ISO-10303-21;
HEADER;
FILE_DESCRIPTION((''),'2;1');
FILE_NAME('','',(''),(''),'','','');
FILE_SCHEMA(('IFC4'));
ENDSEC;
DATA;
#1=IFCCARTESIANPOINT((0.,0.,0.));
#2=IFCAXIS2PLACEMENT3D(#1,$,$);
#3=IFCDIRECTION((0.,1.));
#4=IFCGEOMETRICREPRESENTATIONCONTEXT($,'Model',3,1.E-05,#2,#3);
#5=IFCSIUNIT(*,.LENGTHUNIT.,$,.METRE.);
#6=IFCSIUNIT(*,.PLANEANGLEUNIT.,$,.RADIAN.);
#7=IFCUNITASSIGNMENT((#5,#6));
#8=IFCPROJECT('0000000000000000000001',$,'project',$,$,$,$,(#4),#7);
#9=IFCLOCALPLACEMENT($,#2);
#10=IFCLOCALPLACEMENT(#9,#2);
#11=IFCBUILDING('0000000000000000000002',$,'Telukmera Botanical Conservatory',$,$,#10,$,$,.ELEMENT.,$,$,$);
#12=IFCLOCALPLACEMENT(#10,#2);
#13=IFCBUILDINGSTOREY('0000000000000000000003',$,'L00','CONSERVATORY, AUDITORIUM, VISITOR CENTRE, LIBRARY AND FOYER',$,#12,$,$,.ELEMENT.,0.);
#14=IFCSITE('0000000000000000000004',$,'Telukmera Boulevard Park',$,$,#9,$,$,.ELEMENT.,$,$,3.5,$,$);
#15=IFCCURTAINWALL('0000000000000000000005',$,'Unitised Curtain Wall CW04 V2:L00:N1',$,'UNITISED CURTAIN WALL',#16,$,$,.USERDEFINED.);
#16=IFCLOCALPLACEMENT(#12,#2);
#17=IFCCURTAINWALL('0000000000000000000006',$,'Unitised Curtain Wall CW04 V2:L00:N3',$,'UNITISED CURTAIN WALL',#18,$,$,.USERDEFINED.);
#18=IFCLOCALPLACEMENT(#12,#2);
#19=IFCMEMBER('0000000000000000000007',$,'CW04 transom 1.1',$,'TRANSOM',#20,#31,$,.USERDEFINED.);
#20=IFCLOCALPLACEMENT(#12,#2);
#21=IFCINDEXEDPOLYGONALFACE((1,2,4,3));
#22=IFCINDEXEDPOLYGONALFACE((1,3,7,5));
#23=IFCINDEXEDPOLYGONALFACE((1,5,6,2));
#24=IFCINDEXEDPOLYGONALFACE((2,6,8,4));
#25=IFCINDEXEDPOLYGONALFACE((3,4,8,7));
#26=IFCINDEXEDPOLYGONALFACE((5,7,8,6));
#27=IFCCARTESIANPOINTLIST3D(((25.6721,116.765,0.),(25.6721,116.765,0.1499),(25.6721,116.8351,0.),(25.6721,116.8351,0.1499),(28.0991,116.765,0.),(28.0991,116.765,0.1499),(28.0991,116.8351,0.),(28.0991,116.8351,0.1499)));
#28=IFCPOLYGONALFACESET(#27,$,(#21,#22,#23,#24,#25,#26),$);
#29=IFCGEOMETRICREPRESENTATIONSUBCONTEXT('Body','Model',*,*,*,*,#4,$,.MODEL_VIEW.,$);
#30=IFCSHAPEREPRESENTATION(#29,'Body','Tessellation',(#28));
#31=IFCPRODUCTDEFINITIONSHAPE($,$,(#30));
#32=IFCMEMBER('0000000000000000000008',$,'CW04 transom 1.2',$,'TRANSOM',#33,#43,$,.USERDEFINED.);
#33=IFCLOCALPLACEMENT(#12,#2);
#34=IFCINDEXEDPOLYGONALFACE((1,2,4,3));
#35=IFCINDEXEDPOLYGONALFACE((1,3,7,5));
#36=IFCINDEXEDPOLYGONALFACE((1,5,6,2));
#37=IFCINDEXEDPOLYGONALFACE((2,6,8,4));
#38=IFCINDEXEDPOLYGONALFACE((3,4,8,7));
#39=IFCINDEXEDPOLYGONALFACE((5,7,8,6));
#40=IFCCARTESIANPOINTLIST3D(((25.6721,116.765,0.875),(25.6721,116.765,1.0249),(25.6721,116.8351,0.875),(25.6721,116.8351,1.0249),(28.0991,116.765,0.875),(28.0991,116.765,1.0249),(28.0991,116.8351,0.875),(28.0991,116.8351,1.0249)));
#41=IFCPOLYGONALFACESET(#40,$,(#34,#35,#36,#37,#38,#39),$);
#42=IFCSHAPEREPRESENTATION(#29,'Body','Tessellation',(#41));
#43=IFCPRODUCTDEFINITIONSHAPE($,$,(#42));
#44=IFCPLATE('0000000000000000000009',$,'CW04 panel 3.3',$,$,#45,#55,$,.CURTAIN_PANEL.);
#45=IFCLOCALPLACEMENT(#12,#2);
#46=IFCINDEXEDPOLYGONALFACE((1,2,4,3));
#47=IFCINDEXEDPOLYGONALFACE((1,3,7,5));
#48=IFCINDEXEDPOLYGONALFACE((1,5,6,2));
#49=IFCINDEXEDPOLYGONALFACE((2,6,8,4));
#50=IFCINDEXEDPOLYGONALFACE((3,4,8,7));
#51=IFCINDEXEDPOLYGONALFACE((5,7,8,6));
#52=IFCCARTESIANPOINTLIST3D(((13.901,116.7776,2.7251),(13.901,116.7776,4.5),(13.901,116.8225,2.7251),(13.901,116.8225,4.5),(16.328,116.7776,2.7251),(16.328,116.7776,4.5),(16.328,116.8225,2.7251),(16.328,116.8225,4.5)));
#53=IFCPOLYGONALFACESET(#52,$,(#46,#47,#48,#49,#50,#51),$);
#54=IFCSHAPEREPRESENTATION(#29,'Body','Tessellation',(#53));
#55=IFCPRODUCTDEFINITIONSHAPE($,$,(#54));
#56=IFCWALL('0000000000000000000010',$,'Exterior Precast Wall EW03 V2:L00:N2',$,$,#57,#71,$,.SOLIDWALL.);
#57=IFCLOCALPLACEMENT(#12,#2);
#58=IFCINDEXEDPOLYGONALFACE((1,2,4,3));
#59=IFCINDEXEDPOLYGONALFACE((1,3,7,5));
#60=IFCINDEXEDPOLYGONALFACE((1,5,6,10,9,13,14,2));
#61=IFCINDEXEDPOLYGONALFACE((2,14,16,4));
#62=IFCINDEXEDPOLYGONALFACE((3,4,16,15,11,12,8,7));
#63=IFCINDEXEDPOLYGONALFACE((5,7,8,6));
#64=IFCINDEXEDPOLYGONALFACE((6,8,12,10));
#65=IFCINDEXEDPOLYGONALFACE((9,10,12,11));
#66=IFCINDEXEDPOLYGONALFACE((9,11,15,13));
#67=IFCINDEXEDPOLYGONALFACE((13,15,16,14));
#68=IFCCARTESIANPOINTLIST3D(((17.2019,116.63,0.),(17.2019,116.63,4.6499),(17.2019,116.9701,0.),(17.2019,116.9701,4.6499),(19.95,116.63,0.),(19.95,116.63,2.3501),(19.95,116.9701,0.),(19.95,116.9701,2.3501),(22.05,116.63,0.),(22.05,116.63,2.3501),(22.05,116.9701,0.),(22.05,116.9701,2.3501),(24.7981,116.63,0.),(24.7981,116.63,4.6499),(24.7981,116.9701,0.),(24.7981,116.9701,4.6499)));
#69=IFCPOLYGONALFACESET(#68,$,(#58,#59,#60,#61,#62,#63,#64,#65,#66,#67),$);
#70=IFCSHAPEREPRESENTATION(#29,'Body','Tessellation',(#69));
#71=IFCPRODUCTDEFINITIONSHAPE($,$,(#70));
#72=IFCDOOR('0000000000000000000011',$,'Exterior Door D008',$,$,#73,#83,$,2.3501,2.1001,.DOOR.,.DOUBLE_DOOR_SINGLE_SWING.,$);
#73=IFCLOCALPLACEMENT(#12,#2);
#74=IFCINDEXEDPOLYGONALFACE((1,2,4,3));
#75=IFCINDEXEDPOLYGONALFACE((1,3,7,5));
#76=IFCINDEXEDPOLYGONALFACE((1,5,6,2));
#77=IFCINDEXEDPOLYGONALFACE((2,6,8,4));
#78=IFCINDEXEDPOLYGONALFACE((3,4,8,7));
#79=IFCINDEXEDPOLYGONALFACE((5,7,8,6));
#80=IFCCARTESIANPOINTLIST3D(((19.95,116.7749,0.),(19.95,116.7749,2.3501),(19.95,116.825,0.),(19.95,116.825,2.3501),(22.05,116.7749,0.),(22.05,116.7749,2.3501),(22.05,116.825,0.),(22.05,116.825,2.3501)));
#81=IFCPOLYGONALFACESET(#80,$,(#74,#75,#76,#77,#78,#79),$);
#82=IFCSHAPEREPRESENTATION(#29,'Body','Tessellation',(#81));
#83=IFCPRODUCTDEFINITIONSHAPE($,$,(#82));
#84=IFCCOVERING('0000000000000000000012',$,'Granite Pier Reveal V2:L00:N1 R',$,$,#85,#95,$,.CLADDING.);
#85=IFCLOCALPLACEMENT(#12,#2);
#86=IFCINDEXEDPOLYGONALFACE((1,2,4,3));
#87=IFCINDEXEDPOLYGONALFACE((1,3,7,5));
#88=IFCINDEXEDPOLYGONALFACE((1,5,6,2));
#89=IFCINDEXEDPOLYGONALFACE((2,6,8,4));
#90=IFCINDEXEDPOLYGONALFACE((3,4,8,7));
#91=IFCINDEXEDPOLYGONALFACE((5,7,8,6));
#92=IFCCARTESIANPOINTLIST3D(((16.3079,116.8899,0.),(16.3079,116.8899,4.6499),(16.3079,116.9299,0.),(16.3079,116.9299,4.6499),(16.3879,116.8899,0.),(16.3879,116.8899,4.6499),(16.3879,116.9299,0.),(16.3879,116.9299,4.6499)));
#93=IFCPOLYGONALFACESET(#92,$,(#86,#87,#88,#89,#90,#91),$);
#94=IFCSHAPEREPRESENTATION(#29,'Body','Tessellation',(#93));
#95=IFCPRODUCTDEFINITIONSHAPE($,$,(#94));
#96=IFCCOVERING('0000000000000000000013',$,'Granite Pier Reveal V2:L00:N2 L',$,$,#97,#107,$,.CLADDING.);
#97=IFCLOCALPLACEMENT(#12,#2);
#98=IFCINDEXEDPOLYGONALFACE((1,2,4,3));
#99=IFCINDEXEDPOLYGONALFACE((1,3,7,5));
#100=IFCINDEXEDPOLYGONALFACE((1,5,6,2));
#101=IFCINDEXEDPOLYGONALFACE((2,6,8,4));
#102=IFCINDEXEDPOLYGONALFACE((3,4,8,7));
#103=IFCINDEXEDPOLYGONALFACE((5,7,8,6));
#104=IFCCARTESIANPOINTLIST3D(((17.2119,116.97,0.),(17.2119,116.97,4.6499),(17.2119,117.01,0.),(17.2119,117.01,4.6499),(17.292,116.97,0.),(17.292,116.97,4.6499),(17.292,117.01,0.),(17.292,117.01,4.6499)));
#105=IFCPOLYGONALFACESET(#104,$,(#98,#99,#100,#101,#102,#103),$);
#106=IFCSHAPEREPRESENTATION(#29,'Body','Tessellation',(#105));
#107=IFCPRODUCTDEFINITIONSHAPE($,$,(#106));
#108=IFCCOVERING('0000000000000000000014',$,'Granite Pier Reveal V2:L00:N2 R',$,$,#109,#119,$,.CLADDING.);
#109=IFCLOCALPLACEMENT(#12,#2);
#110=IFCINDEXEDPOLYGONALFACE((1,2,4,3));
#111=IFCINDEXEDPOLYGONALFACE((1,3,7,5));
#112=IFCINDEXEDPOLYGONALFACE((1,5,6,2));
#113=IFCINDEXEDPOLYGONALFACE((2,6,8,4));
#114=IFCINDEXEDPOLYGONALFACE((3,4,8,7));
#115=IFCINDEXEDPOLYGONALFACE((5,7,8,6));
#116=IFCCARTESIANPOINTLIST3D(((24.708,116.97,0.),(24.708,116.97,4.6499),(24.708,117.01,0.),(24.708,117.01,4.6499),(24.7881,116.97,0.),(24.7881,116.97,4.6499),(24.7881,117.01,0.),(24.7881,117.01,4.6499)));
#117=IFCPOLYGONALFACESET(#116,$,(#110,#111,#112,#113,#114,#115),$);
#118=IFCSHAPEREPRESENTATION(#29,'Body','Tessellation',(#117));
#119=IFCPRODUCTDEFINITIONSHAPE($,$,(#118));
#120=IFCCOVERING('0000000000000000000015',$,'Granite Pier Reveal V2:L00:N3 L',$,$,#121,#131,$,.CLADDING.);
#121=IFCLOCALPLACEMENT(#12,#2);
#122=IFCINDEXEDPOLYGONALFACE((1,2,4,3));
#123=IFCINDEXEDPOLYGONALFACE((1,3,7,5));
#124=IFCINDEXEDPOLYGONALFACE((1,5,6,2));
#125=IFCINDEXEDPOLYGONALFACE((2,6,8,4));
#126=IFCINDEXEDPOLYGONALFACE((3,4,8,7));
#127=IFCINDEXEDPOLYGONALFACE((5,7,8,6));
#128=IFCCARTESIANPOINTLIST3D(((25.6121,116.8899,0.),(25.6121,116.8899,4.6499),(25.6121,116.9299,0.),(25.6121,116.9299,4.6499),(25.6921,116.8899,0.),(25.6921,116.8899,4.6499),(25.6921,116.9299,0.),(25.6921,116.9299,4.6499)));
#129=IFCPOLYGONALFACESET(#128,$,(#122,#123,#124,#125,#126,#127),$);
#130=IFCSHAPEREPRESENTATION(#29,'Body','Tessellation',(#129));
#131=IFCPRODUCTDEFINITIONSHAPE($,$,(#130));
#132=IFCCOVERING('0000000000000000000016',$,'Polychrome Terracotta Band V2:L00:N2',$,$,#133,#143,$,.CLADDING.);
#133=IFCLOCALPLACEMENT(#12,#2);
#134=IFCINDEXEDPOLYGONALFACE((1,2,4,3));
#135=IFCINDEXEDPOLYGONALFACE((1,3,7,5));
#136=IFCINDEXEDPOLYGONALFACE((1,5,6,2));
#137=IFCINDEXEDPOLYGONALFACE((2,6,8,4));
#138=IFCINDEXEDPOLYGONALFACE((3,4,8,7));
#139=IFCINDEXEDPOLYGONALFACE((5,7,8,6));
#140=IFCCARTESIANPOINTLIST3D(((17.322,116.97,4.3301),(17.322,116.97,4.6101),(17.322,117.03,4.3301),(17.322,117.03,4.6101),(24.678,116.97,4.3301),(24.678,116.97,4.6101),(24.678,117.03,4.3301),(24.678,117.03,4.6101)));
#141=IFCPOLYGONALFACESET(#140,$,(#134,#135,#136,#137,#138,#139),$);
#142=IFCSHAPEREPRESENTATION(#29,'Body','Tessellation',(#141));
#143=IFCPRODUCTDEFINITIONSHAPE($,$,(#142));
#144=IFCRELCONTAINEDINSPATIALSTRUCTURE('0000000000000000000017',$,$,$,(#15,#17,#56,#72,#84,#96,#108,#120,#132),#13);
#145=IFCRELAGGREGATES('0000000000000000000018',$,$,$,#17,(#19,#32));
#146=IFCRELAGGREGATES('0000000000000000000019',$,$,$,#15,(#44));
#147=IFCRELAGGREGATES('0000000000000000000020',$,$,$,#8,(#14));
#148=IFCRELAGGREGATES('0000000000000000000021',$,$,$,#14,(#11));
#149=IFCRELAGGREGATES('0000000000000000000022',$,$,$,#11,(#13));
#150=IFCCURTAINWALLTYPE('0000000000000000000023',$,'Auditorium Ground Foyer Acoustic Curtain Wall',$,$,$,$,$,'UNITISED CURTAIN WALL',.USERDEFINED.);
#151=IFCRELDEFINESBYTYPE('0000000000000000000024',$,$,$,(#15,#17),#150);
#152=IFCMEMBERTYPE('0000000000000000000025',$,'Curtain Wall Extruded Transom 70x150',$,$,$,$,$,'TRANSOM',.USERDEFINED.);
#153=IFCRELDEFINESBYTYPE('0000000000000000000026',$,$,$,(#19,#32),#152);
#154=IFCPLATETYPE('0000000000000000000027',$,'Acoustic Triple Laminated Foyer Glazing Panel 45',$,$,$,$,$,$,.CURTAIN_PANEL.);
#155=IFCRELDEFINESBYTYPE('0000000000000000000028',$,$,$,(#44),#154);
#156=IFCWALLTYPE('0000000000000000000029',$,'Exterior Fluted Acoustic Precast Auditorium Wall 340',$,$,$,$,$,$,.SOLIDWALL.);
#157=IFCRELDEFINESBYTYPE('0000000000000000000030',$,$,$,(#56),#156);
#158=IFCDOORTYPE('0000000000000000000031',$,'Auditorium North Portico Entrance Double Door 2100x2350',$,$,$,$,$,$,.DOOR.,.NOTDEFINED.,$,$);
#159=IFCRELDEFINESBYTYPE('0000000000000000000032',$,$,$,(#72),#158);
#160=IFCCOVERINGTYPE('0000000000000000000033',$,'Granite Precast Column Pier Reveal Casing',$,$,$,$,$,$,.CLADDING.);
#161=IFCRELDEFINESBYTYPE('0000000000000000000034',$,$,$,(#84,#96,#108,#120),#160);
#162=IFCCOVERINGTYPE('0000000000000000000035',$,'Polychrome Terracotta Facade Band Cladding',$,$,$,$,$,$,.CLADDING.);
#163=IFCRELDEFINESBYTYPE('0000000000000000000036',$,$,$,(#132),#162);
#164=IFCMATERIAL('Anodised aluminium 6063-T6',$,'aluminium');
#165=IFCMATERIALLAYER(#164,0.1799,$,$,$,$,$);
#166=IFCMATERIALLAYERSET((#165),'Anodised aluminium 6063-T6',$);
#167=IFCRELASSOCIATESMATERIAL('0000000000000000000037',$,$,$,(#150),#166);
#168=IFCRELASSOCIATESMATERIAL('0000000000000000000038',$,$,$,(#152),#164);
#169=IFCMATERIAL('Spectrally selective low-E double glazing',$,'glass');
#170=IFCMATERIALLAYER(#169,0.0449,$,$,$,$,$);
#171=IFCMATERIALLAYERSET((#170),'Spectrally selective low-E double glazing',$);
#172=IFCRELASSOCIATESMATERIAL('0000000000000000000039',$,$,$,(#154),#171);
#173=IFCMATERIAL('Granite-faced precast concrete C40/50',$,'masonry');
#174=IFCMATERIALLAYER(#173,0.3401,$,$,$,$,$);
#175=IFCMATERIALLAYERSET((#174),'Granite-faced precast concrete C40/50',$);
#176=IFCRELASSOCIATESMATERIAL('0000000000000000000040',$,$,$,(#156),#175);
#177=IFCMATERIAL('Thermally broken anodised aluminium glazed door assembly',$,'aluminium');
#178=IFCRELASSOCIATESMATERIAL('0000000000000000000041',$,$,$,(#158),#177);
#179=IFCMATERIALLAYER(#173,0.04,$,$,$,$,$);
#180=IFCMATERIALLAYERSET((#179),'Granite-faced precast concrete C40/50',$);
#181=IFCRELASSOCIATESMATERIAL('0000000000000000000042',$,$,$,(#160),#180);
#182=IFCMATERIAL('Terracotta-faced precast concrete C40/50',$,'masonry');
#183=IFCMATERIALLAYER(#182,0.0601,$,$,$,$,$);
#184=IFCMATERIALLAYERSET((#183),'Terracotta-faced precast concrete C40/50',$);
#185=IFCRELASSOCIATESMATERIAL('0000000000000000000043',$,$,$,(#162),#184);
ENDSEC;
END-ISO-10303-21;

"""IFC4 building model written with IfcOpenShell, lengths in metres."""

from ifc_helpers import new_model, si_unit, direction, frame, frame_2d, origin, origin_2d, place, context, subcontext, project, spatial, rectangle, extrude, material, layer, layer_set, material_profile, profile_set, type_object, element, fill, aggregate, save


model = new_model("IFC4")

# Units and contexts
model_context = context("Model", 3, precision=1e-05, world=origin(), true_north=direction((0.0, 1.0)))
body_context = subcontext(model_context, "Body", "Model", "MODEL_VIEW")
ifc_project = project(units=[si_unit("LENGTHUNIT", "METRE"), si_unit("PLANEANGLEUNIT", "RADIAN")], contexts=[model_context])

# Site, building, storey
site_placement = place(None, origin())
site = spatial("IfcSite", under=ifc_project, at=site_placement, Name="Telukmera Boulevard Park", CompositionType="ELEMENT", RefElevation=3.5)
building_placement = place(site_placement, origin())
building = spatial("IfcBuilding", under=site, at=building_placement, Name="Telukmera Botanical Conservatory", CompositionType="ELEMENT")
storey_placement = place(building_placement, origin())
storey = spatial("IfcBuildingStorey", under=building, at=storey_placement, Name="L00", Description="CONSERVATORY, AUDITORIUM, VISITOR CENTRE, LIBRARY AND FOYER", CompositionType="ELEMENT", Elevation=0.0)

# Curtain wall
ifc_material_1 = material(Name="Anodised aluminium 6063-T6", Category="aluminium")
ifc_layer_1 = layer(ifc_material_1, 0.1799)
ifc_layer_set_1 = layer_set([ifc_layer_1], Name="Anodised aluminium 6063-T6")
curtain_wall_type = type_object("IfcCurtainWallType", Name="Auditorium Ground Foyer Acoustic Curtain Wall", ElementType="UNITISED CURTAIN WALL", PredefinedType="USERDEFINED", material=ifc_layer_set_1)
curtain_wall_1_placement = place(storey_placement, origin())
curtain_wall_1 = element("IfcCurtainWall", 1, at=curtain_wall_1_placement, inside=storey, type_object=curtain_wall_type, Name="Unitised Curtain Wall CW04 V2:L00:N1", ObjectType="UNITISED CURTAIN WALL", PredefinedType="USERDEFINED")

# Curtain wall, members
curtain_wall_2_placement = place(storey_placement, origin())
curtain_wall_2 = element("IfcCurtainWall", 2, at=curtain_wall_2_placement, inside=storey, type_object=curtain_wall_type, Name="Unitised Curtain Wall CW04 V2:L00:N3", ObjectType="UNITISED CURTAIN WALL", PredefinedType="USERDEFINED")
ifc_material_profile_1 = material_profile(ifc_material_1, rectangle(XDim=0.0701, YDim=0.1499, at=origin_2d()), Name="ALU TRAN 70x150")
ifc_profile_set_1 = profile_set([ifc_material_profile_1], Name="Anodised aluminium 6063-T6")
member_type_1 = type_object("IfcMemberType", Name="Curtain Wall Extruded Transom 70x150", ElementType="TRANSOM", PredefinedType="USERDEFINED", material=ifc_profile_set_1)
member_1_placement = place(storey_placement, frame((25.6721, 116.8, 0.075), z_axis=(1.0, 0.0, 0.0), x_axis=(0.0, 1.0, 0.0)))
member_1 = element("IfcMember", 3, at=member_1_placement, type_object=member_type_1, Name="CW04 transom 1.1", ObjectType="TRANSOM", PredefinedType="USERDEFINED", context=body_context, shape_type="SweptSolid", body=[
    extrude(rectangle(XDim=0.0701, YDim=0.1499, at=origin_2d()), origin(), (0.0, 0.0, 1.0), 2.427),
])
member_2_placement = place(storey_placement, frame((25.6721, 116.8, 0.95), z_axis=(1.0, 0.0, 0.0), x_axis=(0.0, 1.0, 0.0)))
member_2 = element("IfcMember", 4, at=member_2_placement, type_object=member_type_1, Name="CW04 transom 1.2", ObjectType="TRANSOM", PredefinedType="USERDEFINED", context=body_context, shape_type="SweptSolid", body=[
    extrude(rectangle(XDim=0.0701, YDim=0.1499, at=origin_2d()), origin(), (0.0, 0.0, 1.0), 2.427),
])
aggregate(curtain_wall_2, [member_1, member_2])

# Plate
ifc_material_2 = material(Name="Spectrally selective low-E double glazing", Category="glass")
ifc_layer_2 = layer(ifc_material_2, 0.0449)
ifc_layer_set_2 = layer_set([ifc_layer_2], Name="Spectrally selective low-E double glazing")
plate_type = type_object("IfcPlateType", Name="Acoustic Triple Laminated Foyer Glazing Panel 45", PredefinedType="CURTAIN_PANEL", material=ifc_layer_set_2)
plate_placement = place(storey_placement, frame((15.1145, 116.8, 2.7251), z_axis=(0.0, 0.0, 1.0), x_axis=(1.0, 0.0, 0.0)))
plate = element("IfcPlate", 5, at=plate_placement, type_object=plate_type, Name="CW04 panel 3.3", PredefinedType="CURTAIN_PANEL", context=body_context, shape_type="SweptSolid", body=[
    extrude(rectangle(XDim=2.427, YDim=0.0449, at=origin_2d()), origin(), (0.0, 0.0, 1.0), 1.7749),
])
aggregate(curtain_wall_1, [plate])

# Wall, opening, door
ifc_material_3 = material(Name="Granite-faced precast concrete C40/50", Category="masonry")
ifc_layer_3 = layer(ifc_material_3, 0.3401)
ifc_layer_set_3 = layer_set([ifc_layer_3], Name="Granite-faced precast concrete C40/50")
wall_type = type_object("IfcWallType", Name="Exterior Fluted Acoustic Precast Auditorium Wall 340", PredefinedType="SOLIDWALL", material=ifc_layer_set_3)
wall_placement = place(storey_placement, frame((17.2019, 116.8, 0.0), z_axis=(0.0, 0.0, 1.0), x_axis=(1.0, 0.0, 0.0)))
wall = element("IfcWall", 6, at=wall_placement, inside=storey, type_object=wall_type, Name="Exterior Precast Wall EW03 V2:L00:N2", PredefinedType="SOLIDWALL", context=body_context, shape_type="SweptSolid", body=[
    extrude(rectangle(XDim=7.5962, YDim=0.3401, at=frame_2d((3.7981, 0.0))), origin(), (0.0, 0.0, 1.0), 4.6499),
])
opening_placement = place(wall_placement, frame((2.748, 0.0, 0.0)))
opening = element("IfcOpeningElement", 7, at=opening_placement, cuts=wall, PredefinedType="OPENING", context=body_context, shape_type="SweptSolid", body=[
    extrude(rectangle(XDim=2.1001, YDim=2.3501, at=frame_2d((1.05, 1.175))), frame((0.0, 0.1799, 0.0), z_axis=(0.0, -1.0, 0.0), x_axis=(1.0, 0.0, 0.0)), (0.0, 0.0, 1.0), 0.3601),
])
ifc_material_4 = material(Name="Thermally broken anodised aluminium glazed door assembly", Category="aluminium")
door_type = type_object("IfcDoorType", Name="Auditorium North Portico Entrance Double Door 2100x2350", OperationType="NOTDEFINED", PredefinedType="DOOR", material=ifc_material_4)
door_placement = place(opening_placement, origin())
door = element("IfcDoor", 8, at=door_placement, inside=storey, type_object=door_type, Name="Exterior Door D008", OperationType="DOUBLE_DOOR_SINGLE_SWING", OverallHeight=2.3501, OverallWidth=2.1001, PredefinedType="DOOR", context=body_context, shape_type="SweptSolid", body=[
    extrude(rectangle(XDim=2.1001, YDim=2.3501, at=frame_2d((1.05, 1.175))), frame((0.0, 0.0249, 0.0), z_axis=(0.0, -1.0, 0.0), x_axis=(1.0, 0.0, 0.0)), (0.0, 0.0, 1.0), 0.05),
])
fill(opening, door)

# Coverings
ifc_layer_4 = layer(ifc_material_3, 0.04)
ifc_layer_set_4 = layer_set([ifc_layer_4], Name="Granite-faced precast concrete C40/50")
covering_type_1 = type_object("IfcCoveringType", Name="Granite Precast Column Pier Reveal Casing", PredefinedType="CLADDING", material=ifc_layer_set_4)
for number, where, z_axis, x_axis, name in (
    (9, (16.3479, 116.9099, 0.0), (0.0, 0.0, 1.0), (1.0, 0.0, 0.0), "Granite Pier Reveal V2:L00:N1 R"),
    (10, (17.252, 116.99, 0.0), (0.0, 0.0, 1.0), (1.0, 0.0, 0.0), "Granite Pier Reveal V2:L00:N2 L"),
    (11, (24.748, 116.99, 0.0), (0.0, 0.0, 1.0), (1.0, 0.0, 0.0), "Granite Pier Reveal V2:L00:N2 R"),
    (12, (25.6521, 116.9099, 0.0), (0.0, 0.0, 1.0), (1.0, 0.0, 0.0), "Granite Pier Reveal V2:L00:N3 L"),
):
    element("IfcCovering", number, at=place(storey_placement, frame(where, z_axis=z_axis, x_axis=x_axis)), inside=storey, type_object=covering_type_1, Name=name, PredefinedType="CLADDING", context=body_context, shape_type="SweptSolid", body=[
        extrude(rectangle(XDim=0.0801, YDim=0.04, at=origin_2d()), origin(), (0.0, 0.0, 1.0), 4.6499),
    ])
ifc_material_5 = material(Name="Terracotta-faced precast concrete C40/50", Category="masonry")
ifc_layer_5 = layer(ifc_material_5, 0.0601)
ifc_layer_set_5 = layer_set([ifc_layer_5], Name="Terracotta-faced precast concrete C40/50")
covering_type_2 = type_object("IfcCoveringType", Name="Polychrome Terracotta Facade Band Cladding", PredefinedType="CLADDING", material=ifc_layer_set_5)
covering_placement = place(storey_placement, frame((21.0, 117.0, 4.3301), z_axis=(0.0, 0.0, 1.0), x_axis=(1.0, 0.0, 0.0)))
element("IfcCovering", 13, at=covering_placement, inside=storey, type_object=covering_type_2, Name="Polychrome Terracotta Band V2:L00:N2", PredefinedType="CLADDING", context=body_context, shape_type="SweptSolid", body=[
    extrude(rectangle(XDim=7.356, YDim=0.0601, at=origin_2d()), origin(), (0.0, 0.0, 1.0), 0.28),
])

save(model, "model.ifc")
